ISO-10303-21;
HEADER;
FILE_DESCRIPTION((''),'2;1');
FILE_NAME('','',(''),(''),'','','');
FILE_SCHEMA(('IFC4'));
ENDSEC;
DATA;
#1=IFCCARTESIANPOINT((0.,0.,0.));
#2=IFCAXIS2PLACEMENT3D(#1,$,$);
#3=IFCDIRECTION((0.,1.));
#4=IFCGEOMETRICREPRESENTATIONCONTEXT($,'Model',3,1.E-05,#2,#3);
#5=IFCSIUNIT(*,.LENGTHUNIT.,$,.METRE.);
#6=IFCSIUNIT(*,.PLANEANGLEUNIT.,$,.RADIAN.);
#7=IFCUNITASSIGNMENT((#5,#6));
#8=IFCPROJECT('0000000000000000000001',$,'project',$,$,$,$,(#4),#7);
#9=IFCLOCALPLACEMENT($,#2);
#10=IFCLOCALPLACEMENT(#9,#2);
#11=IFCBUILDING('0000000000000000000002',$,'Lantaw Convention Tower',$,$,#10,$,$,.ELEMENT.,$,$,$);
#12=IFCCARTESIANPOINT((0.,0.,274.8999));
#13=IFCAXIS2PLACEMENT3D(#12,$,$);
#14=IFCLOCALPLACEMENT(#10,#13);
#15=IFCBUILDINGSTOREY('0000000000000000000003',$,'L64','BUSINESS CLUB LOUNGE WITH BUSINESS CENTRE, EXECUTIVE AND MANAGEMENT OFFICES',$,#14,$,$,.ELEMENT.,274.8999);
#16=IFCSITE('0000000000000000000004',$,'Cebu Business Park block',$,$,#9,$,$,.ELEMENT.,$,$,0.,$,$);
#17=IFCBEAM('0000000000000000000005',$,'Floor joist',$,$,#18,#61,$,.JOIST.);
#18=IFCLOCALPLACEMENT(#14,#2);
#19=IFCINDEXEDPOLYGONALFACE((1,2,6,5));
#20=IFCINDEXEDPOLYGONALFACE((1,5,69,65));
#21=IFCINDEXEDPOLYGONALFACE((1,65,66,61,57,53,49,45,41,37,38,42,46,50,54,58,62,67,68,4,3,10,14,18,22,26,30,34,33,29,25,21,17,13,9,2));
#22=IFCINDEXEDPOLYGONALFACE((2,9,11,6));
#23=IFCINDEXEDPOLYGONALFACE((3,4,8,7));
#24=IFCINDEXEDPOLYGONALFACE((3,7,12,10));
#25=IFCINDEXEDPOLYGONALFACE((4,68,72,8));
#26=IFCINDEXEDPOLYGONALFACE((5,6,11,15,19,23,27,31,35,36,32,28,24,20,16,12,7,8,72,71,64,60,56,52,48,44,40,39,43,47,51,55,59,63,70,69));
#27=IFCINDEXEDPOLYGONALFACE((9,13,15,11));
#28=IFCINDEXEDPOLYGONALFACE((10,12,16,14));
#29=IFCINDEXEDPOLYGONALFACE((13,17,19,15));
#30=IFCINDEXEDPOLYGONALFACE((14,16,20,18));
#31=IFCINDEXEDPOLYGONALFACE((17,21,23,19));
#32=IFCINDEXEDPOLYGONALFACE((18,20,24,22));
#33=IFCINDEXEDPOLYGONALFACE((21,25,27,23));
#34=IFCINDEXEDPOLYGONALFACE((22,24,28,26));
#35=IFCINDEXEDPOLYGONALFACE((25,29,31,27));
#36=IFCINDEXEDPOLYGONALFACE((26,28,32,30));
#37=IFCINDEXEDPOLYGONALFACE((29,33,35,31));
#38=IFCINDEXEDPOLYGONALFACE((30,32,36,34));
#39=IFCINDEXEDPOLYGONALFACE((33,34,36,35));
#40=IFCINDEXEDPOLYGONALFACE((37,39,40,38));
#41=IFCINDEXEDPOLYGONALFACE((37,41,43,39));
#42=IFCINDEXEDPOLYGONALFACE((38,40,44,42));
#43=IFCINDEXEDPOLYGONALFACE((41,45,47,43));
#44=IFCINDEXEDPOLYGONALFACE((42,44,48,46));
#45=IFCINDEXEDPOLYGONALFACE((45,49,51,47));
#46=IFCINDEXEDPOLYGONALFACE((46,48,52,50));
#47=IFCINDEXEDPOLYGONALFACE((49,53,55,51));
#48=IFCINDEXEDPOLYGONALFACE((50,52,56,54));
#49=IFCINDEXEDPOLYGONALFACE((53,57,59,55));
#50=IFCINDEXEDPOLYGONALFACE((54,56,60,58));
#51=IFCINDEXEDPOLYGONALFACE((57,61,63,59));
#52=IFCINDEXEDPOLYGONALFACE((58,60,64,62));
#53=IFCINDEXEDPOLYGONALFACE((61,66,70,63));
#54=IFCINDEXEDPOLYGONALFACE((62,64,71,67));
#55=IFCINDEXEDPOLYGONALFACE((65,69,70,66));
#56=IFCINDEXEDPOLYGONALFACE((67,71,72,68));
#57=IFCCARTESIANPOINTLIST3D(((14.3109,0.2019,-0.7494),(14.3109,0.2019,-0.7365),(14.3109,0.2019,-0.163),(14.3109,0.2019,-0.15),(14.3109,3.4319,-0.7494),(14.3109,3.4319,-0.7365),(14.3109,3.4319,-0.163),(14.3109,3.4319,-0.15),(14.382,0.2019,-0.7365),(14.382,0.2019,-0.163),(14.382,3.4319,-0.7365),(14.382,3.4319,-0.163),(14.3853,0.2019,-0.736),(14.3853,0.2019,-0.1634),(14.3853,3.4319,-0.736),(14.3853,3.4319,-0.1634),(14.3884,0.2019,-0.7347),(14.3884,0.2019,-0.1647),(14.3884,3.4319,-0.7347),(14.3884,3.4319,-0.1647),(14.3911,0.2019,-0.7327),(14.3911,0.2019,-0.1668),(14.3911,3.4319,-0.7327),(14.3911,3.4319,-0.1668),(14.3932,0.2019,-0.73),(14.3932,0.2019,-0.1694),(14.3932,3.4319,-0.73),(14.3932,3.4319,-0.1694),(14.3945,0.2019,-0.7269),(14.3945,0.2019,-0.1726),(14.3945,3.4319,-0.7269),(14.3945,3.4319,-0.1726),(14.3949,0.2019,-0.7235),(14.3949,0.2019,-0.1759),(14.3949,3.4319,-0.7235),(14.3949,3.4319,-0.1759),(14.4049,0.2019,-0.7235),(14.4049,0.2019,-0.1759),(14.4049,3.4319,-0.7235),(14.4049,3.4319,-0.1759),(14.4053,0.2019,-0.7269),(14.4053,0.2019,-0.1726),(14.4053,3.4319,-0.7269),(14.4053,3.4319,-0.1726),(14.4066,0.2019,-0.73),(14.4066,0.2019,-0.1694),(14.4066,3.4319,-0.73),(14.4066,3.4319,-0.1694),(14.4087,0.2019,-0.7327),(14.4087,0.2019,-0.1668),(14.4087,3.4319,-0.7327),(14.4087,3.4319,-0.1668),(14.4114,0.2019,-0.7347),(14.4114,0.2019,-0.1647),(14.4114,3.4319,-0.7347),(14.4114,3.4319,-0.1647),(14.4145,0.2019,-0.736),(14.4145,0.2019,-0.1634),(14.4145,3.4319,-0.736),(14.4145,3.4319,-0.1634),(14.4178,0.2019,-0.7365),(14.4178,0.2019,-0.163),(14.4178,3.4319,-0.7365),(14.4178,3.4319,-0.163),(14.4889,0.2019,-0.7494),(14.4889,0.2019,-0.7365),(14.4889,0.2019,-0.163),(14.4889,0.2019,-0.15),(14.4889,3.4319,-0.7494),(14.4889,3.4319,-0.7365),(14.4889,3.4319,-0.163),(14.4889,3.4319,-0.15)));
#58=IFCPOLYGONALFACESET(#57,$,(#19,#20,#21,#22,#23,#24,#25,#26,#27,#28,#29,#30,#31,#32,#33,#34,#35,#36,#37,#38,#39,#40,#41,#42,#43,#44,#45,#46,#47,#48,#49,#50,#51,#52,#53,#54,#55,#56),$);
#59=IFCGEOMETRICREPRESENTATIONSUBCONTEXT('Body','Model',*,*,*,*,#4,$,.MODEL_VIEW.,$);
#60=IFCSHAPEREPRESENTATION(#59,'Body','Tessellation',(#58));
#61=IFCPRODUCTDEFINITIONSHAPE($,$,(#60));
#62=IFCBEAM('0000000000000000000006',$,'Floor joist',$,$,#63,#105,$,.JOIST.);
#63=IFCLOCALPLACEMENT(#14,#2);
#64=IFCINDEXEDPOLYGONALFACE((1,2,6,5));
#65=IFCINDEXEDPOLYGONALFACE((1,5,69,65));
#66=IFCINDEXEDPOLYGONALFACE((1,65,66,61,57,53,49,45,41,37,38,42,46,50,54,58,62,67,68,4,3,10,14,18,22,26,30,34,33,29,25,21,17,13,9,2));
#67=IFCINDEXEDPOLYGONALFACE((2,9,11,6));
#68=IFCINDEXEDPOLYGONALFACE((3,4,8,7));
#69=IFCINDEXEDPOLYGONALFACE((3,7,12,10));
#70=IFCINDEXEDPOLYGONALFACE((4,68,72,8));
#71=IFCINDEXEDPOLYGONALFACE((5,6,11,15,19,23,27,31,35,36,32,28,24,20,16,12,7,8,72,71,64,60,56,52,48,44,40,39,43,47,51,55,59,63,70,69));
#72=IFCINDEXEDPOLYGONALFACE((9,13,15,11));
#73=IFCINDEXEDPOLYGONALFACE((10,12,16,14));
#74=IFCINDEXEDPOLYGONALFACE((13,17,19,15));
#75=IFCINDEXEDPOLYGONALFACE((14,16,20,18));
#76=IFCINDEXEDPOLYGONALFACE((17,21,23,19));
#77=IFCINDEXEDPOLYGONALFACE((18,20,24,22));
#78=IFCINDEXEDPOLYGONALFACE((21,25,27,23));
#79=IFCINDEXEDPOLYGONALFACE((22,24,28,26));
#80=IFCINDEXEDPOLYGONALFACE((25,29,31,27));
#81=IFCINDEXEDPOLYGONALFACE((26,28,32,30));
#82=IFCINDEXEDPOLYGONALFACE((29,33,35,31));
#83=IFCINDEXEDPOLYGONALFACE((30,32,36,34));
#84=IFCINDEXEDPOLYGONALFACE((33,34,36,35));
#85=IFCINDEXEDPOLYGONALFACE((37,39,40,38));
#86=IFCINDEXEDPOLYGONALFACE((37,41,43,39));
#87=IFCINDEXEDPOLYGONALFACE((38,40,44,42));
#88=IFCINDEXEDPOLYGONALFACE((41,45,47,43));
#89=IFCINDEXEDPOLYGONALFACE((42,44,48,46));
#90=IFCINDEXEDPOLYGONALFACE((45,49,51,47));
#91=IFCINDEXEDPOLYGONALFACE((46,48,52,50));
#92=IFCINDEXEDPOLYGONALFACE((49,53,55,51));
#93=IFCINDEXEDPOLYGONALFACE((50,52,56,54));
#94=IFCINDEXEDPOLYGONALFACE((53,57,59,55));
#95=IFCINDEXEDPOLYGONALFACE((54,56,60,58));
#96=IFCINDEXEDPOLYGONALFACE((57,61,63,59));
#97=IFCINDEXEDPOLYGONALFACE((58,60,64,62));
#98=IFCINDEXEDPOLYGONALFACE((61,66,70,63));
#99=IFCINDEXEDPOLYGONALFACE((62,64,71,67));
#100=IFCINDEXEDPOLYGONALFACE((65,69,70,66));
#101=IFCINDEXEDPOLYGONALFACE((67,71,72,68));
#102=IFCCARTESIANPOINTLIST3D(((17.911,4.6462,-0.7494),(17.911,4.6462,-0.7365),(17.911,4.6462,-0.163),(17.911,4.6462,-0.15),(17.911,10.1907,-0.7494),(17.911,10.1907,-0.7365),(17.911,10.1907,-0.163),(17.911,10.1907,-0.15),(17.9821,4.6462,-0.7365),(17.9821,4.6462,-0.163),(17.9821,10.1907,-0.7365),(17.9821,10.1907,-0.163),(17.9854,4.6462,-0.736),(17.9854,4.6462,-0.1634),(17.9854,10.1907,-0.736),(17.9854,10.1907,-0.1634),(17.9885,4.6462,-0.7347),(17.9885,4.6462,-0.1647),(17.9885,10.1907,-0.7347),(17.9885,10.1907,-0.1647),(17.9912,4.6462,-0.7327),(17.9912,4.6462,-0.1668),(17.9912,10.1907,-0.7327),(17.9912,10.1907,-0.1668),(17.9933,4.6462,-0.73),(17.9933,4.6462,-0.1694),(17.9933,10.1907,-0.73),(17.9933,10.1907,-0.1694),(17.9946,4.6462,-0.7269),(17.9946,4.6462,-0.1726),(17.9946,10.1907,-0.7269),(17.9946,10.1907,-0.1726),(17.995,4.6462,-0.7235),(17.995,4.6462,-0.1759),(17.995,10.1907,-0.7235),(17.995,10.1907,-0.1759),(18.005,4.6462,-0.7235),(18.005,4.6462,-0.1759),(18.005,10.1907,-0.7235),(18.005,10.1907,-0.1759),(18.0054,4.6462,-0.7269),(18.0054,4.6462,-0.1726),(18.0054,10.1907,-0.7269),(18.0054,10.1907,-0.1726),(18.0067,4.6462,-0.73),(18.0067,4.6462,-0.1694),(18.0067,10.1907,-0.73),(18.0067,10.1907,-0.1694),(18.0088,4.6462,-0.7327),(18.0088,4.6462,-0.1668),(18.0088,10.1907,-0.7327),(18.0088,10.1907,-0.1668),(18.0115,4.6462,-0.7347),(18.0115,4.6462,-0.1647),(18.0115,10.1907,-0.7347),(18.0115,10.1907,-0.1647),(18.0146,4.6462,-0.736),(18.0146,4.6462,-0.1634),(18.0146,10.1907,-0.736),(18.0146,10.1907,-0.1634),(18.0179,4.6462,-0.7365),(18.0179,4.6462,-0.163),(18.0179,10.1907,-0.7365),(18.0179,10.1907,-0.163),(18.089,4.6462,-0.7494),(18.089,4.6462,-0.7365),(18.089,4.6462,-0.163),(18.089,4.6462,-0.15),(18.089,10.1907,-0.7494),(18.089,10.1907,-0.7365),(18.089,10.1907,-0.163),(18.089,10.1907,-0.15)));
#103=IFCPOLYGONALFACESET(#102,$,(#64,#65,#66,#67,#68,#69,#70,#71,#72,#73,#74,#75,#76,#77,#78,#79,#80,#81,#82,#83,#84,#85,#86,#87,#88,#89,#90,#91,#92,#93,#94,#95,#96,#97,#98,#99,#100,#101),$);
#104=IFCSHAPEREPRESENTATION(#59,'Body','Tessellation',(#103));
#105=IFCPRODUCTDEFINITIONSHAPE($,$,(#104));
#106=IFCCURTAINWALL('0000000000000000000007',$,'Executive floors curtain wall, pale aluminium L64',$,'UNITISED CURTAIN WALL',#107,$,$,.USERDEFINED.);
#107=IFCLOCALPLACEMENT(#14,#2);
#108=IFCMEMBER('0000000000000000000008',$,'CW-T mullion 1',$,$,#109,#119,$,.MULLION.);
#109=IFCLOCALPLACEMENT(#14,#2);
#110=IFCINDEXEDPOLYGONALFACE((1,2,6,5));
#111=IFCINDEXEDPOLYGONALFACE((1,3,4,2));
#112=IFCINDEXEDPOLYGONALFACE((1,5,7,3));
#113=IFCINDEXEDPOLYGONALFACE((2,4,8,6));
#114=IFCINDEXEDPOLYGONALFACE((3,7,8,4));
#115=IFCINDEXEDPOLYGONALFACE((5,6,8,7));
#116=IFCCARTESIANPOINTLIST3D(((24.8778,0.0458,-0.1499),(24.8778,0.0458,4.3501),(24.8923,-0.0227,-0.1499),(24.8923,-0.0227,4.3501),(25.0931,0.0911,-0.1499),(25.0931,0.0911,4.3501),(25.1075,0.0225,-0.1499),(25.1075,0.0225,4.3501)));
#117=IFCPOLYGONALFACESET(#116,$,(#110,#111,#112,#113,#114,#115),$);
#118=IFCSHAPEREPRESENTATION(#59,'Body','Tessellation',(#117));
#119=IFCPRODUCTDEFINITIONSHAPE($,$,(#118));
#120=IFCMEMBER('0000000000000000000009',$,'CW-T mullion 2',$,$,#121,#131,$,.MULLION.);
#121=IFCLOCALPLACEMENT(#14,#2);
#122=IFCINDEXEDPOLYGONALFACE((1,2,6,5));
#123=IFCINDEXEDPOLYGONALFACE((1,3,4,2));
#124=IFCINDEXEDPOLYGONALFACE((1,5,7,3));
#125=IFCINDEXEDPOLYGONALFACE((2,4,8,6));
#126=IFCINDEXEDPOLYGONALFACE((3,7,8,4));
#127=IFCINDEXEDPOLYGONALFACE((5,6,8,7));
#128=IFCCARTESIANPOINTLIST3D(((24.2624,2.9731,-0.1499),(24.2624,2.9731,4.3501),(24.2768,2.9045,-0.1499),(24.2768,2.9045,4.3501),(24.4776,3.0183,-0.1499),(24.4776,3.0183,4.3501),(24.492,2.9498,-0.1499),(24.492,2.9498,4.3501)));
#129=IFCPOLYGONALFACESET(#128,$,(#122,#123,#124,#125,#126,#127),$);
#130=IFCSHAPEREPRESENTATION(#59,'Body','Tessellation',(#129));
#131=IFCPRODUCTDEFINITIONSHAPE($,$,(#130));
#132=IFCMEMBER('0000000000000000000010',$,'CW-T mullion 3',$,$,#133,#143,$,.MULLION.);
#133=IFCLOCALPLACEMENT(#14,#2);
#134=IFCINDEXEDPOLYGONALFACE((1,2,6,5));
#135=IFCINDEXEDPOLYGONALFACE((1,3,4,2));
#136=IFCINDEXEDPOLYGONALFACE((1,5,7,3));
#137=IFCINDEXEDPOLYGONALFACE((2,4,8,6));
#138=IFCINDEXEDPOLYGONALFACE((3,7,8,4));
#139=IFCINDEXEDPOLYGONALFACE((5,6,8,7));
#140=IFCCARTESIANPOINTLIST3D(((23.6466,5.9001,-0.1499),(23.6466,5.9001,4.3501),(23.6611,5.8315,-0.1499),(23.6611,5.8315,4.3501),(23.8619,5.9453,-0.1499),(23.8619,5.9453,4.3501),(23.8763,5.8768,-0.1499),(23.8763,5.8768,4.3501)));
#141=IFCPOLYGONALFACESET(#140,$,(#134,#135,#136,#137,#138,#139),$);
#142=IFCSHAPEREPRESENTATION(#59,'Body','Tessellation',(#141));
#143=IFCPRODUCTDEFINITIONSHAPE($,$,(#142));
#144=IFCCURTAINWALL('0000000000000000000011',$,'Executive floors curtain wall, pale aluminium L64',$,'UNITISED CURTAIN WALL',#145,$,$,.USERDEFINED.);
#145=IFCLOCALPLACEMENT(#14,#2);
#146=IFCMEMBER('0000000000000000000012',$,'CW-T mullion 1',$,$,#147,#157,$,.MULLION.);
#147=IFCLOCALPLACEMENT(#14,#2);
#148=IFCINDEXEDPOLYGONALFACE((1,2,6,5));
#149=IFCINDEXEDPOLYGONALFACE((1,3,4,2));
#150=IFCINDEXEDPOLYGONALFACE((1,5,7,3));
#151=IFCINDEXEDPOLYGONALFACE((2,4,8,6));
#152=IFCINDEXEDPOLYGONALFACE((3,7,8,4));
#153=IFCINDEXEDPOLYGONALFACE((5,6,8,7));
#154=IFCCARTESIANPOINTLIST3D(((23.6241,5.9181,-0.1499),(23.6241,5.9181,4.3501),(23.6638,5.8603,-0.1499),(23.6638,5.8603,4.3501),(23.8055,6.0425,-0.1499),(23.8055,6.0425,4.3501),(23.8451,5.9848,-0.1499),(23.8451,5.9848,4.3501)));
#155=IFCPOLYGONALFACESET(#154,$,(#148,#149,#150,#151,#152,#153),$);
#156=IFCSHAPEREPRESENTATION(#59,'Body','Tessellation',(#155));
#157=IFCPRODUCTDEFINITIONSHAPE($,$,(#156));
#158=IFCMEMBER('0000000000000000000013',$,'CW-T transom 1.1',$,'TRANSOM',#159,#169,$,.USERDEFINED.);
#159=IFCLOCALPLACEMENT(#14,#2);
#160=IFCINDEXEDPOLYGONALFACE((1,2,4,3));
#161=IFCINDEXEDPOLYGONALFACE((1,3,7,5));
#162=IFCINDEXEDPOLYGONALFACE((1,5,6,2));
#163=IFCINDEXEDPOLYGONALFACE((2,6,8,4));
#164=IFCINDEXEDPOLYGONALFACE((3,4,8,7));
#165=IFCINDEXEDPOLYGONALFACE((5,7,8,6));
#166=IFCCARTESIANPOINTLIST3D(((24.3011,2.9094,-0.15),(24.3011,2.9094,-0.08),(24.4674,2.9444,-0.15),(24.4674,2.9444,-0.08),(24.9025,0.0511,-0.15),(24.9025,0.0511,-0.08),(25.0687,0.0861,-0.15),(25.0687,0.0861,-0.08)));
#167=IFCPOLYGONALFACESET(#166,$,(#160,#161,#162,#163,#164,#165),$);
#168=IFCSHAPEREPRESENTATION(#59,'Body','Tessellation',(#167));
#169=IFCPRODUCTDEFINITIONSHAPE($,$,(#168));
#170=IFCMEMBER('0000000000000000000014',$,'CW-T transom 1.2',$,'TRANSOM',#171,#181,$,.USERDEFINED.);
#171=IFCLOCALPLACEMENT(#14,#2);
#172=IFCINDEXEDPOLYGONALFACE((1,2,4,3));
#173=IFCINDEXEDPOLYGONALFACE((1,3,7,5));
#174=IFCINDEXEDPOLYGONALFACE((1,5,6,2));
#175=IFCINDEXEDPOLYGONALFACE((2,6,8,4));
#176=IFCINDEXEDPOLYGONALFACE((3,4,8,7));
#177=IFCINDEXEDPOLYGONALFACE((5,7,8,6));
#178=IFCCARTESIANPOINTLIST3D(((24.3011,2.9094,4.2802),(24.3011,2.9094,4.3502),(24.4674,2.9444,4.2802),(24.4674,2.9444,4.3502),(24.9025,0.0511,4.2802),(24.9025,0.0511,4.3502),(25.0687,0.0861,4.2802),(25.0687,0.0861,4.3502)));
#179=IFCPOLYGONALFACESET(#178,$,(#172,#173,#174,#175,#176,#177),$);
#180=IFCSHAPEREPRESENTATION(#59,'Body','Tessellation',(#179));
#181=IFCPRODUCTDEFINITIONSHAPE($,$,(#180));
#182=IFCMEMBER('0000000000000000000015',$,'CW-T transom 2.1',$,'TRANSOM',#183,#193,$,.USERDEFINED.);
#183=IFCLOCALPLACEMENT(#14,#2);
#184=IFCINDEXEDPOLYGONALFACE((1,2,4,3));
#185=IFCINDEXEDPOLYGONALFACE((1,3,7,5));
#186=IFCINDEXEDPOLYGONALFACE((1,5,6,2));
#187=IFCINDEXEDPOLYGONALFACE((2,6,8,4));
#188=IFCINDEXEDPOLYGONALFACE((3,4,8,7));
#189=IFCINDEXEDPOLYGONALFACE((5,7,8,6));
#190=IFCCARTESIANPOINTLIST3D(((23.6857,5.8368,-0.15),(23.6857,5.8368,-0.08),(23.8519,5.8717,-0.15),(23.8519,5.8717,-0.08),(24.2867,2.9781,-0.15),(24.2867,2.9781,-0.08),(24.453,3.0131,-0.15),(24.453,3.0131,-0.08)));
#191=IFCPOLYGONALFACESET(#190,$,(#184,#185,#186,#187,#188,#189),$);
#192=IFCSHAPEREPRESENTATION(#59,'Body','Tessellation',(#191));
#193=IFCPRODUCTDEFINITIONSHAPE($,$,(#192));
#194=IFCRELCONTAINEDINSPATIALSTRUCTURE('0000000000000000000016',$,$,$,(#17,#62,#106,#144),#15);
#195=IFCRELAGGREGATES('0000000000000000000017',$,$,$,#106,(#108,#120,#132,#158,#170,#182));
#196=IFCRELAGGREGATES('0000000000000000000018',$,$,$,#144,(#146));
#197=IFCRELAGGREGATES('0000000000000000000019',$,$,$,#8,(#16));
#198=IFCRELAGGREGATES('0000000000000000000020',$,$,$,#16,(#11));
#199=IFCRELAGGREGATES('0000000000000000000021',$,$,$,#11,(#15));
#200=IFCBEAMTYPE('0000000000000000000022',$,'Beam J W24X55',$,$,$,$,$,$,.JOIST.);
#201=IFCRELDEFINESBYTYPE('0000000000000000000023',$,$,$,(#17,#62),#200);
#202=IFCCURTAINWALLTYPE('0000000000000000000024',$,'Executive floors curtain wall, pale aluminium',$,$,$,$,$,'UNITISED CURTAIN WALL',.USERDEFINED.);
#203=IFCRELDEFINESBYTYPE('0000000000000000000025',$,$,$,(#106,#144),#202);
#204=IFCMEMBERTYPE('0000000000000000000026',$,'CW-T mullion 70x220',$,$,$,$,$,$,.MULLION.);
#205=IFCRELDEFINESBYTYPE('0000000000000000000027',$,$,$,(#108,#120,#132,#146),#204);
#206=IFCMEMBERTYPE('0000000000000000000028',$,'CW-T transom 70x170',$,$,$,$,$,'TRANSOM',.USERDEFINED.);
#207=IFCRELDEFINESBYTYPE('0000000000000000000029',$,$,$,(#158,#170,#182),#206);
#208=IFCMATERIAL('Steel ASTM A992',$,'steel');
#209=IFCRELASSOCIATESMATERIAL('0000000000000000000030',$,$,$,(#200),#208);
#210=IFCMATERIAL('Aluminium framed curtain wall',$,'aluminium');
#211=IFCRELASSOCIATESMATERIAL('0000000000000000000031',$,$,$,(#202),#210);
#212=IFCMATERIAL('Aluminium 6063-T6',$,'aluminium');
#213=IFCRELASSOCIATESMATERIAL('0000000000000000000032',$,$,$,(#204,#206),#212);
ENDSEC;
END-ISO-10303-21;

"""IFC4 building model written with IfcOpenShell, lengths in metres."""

from ifc_helpers import new_model, si_unit, direction, frame, origin, origin_2d, place, context, subcontext, project, spatial, rectangle, i_section, extrude, material, material_profile, profile_set, type_object, element, aggregate, save


model = new_model("IFC4")

# Units and contexts
model_context = context("Model", 3, precision=1e-05, world=origin(), true_north=direction((0.0, 1.0)))
body_context = subcontext(model_context, "Body", "Model", "MODEL_VIEW")
ifc_project = project(units=[si_unit("LENGTHUNIT", "METRE"), si_unit("PLANEANGLEUNIT", "RADIAN")], contexts=[model_context])

# Site, building, storey
site_placement = place(None, origin())
site = spatial("IfcSite", under=ifc_project, at=site_placement, Name="Cebu Business Park block", CompositionType="ELEMENT", RefElevation=0.0)
building_placement = place(site_placement, origin())
building = spatial("IfcBuilding", under=site, at=building_placement, Name="Lantaw Convention Tower", CompositionType="ELEMENT")
storey_placement = place(building_placement, frame((0.0, 0.0, 274.8999)))
storey = spatial("IfcBuildingStorey", under=building, at=storey_placement, Name="L64", Description="BUSINESS CLUB LOUNGE WITH BUSINESS CENTRE, EXECUTIVE AND MANAGEMENT OFFICES", CompositionType="ELEMENT", Elevation=274.8999)

# Beams
ifc_material_1 = material(Name="Steel ASTM A992", Category="steel")
ifc_material_profile_1 = material_profile(ifc_material_1, i_section(OverallWidth=0.178, OverallDepth=0.5994, WebThickness=0.01, FlangeThickness=0.0129, FilletRadius=0.0129, at=origin_2d()), Name="W24X55")
ifc_profile_set_1 = profile_set([ifc_material_profile_1], Name="Steel ASTM A992")
beam_type_1 = type_object("IfcBeamType", Name="Beam J W24X55", PredefinedType="JOIST", material=ifc_profile_set_1)
beam_1_placement = place(storey_placement, frame((14.3999, 0.2019, -0.4497), z_axis=(0.0, 1.0, 0.0), x_axis=(-1.0, 0.0, 0.0)))
element("IfcBeam", 1, at=beam_1_placement, inside=storey, type_object=beam_type_1, Name="Floor joist", PredefinedType="JOIST", context=body_context, shape_type="SweptSolid", body=[
    extrude(i_section(OverallWidth=0.178, OverallDepth=0.5994, WebThickness=0.01, FlangeThickness=0.0129, FilletRadius=0.0129, at=origin_2d()), origin(), (0.0, 0.0, 1.0), 3.23),
])
beam_2_placement = place(storey_placement, frame((18.0, 4.6462, -0.4497), z_axis=(0.0, 1.0, 0.0), x_axis=(-1.0, 0.0, 0.0)))
element("IfcBeam", 2, at=beam_2_placement, inside=storey, type_object=beam_type_1, Name="Floor joist", PredefinedType="JOIST", context=body_context, shape_type="SweptSolid", body=[
    extrude(i_section(OverallWidth=0.178, OverallDepth=0.5994, WebThickness=0.01, FlangeThickness=0.0129, FilletRadius=0.0129, at=origin_2d()), origin(), (0.0, 0.0, 1.0), 5.5444),
])

# Curtain wall, members
ifc_material_2 = material(Name="Aluminium framed curtain wall", Category="aluminium")
curtain_wall_type = type_object("IfcCurtainWallType", Name="Executive floors curtain wall, pale aluminium", ElementType="UNITISED CURTAIN WALL", PredefinedType="USERDEFINED", material=ifc_material_2)
curtain_wall_1_placement = place(storey_placement, origin())
curtain_wall_1 = element("IfcCurtainWall", 3, at=curtain_wall_1_placement, inside=storey, type_object=curtain_wall_type, Name="Executive floors curtain wall, pale aluminium L64", ObjectType="UNITISED CURTAIN WALL", PredefinedType="USERDEFINED")
ifc_material_3 = material(Name="Aluminium 6063-T6", Category="aluminium")
ifc_material_profile_2 = material_profile(ifc_material_3, rectangle(XDim=0.22, YDim=0.0701, at=origin_2d()), Name="CW-T mullion 70x220")
ifc_profile_set_2 = profile_set([ifc_material_profile_2], Name="Aluminium 6063-T6")
member_type_1 = type_object("IfcMemberType", Name="CW-T mullion 70x220", PredefinedType="MULLION", material=ifc_profile_set_2)
member_1_placement = place(storey_placement, frame((24.9927, 0.0342, -0.1499), z_axis=(0.0, 0.0, 1.0), x_axis=(-0.978591, -0.205814, 0.0)))
member_1 = element("IfcMember", 4, at=member_1_placement, type_object=member_type_1, Name="CW-T mullion 1", PredefinedType="MULLION", context=body_context, shape_type="SweptSolid", body=[
    extrude(rectangle(XDim=0.22, YDim=0.0701, at=origin_2d()), origin(), (0.0, 0.0, 1.0), 4.5),
])
member_2_placement = place(storey_placement, frame((24.3772, 2.9614, -0.1499), z_axis=(0.0, 0.0, 1.0), x_axis=(-0.978591, -0.205814, 0.0)))
member_2 = element("IfcMember", 5, at=member_2_placement, type_object=member_type_1, Name="CW-T mullion 2", PredefinedType="MULLION", context=body_context, shape_type="SweptSolid", body=[
    extrude(rectangle(XDim=0.22, YDim=0.0701, at=origin_2d()), origin(), (0.0, 0.0, 1.0), 4.5),
])
member_3_placement = place(storey_placement, frame((23.7615, 5.8884, -0.1499), z_axis=(0.0, 0.0, 1.0), x_axis=(-0.978591, -0.205814, 0.0)))
member_3 = element("IfcMember", 6, at=member_3_placement, type_object=member_type_1, Name="CW-T mullion 3", PredefinedType="MULLION", context=body_context, shape_type="SweptSolid", body=[
    extrude(rectangle(XDim=0.22, YDim=0.0701, at=origin_2d()), origin(), (0.0, 0.0, 1.0), 4.5),
])

# Curtain wall, member
curtain_wall_2_placement = place(storey_placement, origin())
curtain_wall_2 = element("IfcCurtainWall", 7, at=curtain_wall_2_placement, inside=storey, type_object=curtain_wall_type, Name="Executive floors curtain wall, pale aluminium L64", ObjectType="UNITISED CURTAIN WALL", PredefinedType="USERDEFINED")
member_4_placement = place(storey_placement, frame((23.7346, 5.9514, -0.1499), z_axis=(0.0, 0.0, 1.0), x_axis=(-0.82445, -0.565935, 0.0)))
member_4 = element("IfcMember", 8, at=member_4_placement, type_object=member_type_1, Name="CW-T mullion 1", PredefinedType="MULLION", context=body_context, shape_type="SweptSolid", body=[
    extrude(rectangle(XDim=0.22, YDim=0.0701, at=origin_2d()), origin(), (0.0, 0.0, 1.0), 4.5),
])

# Members
ifc_material_profile_3 = material_profile(ifc_material_3, rectangle(XDim=0.1699, YDim=0.0701, at=origin_2d()), Name="CW-T transom 70x170")
ifc_profile_set_3 = profile_set([ifc_material_profile_3], Name="Aluminium 6063-T6")
member_type_2 = type_object("IfcMemberType", Name="CW-T transom 70x170", ElementType="TRANSOM", PredefinedType="USERDEFINED", material=ifc_profile_set_3)
member_5_placement = place(storey_placement, frame((24.9856, 0.0686, -0.115), z_axis=(-0.205863, 0.978581, 0.0), x_axis=(-0.978581, -0.205863, 0.0)))
member_5 = element("IfcMember", 9, at=member_5_placement, type_object=member_type_2, Name="CW-T transom 1.1", ObjectType="TRANSOM", PredefinedType="USERDEFINED", context=body_context, shape_type="SweptSolid", body=[
    extrude(rectangle(XDim=0.1699, YDim=0.0701, at=origin_2d()), origin(), (0.0, 0.0, 1.0), 2.9209),
])
member_6_placement = place(storey_placement, frame((24.9856, 0.0686, 4.3152), z_axis=(-0.205863, 0.978581, 0.0), x_axis=(-0.978581, -0.205863, 0.0)))
member_6 = element("IfcMember", 10, at=member_6_placement, type_object=member_type_2, Name="CW-T transom 1.2", ObjectType="TRANSOM", PredefinedType="USERDEFINED", context=body_context, shape_type="SweptSolid", body=[
    extrude(rectangle(XDim=0.1699, YDim=0.0701, at=origin_2d()), origin(), (0.0, 0.0, 1.0), 2.9209),
])
member_7_placement = place(storey_placement, frame((24.3699, 2.9956, -0.115), z_axis=(-0.205766, 0.978601, 0.0), x_axis=(-0.978601, -0.205766, 0.0)))
member_7 = element("IfcMember", 11, at=member_7_placement, type_object=member_type_2, Name="CW-T transom 2.1", ObjectType="TRANSOM", PredefinedType="USERDEFINED", context=body_context, shape_type="SweptSolid", body=[
    extrude(rectangle(XDim=0.1699, YDim=0.0701, at=origin_2d()), origin(), (0.0, 0.0, 1.0), 2.9211),
])

aggregate(curtain_wall_1, [member_1, member_2, member_3, member_5, member_6, member_7])
aggregate(curtain_wall_2, [member_4])

save(model, "model.ifc")
